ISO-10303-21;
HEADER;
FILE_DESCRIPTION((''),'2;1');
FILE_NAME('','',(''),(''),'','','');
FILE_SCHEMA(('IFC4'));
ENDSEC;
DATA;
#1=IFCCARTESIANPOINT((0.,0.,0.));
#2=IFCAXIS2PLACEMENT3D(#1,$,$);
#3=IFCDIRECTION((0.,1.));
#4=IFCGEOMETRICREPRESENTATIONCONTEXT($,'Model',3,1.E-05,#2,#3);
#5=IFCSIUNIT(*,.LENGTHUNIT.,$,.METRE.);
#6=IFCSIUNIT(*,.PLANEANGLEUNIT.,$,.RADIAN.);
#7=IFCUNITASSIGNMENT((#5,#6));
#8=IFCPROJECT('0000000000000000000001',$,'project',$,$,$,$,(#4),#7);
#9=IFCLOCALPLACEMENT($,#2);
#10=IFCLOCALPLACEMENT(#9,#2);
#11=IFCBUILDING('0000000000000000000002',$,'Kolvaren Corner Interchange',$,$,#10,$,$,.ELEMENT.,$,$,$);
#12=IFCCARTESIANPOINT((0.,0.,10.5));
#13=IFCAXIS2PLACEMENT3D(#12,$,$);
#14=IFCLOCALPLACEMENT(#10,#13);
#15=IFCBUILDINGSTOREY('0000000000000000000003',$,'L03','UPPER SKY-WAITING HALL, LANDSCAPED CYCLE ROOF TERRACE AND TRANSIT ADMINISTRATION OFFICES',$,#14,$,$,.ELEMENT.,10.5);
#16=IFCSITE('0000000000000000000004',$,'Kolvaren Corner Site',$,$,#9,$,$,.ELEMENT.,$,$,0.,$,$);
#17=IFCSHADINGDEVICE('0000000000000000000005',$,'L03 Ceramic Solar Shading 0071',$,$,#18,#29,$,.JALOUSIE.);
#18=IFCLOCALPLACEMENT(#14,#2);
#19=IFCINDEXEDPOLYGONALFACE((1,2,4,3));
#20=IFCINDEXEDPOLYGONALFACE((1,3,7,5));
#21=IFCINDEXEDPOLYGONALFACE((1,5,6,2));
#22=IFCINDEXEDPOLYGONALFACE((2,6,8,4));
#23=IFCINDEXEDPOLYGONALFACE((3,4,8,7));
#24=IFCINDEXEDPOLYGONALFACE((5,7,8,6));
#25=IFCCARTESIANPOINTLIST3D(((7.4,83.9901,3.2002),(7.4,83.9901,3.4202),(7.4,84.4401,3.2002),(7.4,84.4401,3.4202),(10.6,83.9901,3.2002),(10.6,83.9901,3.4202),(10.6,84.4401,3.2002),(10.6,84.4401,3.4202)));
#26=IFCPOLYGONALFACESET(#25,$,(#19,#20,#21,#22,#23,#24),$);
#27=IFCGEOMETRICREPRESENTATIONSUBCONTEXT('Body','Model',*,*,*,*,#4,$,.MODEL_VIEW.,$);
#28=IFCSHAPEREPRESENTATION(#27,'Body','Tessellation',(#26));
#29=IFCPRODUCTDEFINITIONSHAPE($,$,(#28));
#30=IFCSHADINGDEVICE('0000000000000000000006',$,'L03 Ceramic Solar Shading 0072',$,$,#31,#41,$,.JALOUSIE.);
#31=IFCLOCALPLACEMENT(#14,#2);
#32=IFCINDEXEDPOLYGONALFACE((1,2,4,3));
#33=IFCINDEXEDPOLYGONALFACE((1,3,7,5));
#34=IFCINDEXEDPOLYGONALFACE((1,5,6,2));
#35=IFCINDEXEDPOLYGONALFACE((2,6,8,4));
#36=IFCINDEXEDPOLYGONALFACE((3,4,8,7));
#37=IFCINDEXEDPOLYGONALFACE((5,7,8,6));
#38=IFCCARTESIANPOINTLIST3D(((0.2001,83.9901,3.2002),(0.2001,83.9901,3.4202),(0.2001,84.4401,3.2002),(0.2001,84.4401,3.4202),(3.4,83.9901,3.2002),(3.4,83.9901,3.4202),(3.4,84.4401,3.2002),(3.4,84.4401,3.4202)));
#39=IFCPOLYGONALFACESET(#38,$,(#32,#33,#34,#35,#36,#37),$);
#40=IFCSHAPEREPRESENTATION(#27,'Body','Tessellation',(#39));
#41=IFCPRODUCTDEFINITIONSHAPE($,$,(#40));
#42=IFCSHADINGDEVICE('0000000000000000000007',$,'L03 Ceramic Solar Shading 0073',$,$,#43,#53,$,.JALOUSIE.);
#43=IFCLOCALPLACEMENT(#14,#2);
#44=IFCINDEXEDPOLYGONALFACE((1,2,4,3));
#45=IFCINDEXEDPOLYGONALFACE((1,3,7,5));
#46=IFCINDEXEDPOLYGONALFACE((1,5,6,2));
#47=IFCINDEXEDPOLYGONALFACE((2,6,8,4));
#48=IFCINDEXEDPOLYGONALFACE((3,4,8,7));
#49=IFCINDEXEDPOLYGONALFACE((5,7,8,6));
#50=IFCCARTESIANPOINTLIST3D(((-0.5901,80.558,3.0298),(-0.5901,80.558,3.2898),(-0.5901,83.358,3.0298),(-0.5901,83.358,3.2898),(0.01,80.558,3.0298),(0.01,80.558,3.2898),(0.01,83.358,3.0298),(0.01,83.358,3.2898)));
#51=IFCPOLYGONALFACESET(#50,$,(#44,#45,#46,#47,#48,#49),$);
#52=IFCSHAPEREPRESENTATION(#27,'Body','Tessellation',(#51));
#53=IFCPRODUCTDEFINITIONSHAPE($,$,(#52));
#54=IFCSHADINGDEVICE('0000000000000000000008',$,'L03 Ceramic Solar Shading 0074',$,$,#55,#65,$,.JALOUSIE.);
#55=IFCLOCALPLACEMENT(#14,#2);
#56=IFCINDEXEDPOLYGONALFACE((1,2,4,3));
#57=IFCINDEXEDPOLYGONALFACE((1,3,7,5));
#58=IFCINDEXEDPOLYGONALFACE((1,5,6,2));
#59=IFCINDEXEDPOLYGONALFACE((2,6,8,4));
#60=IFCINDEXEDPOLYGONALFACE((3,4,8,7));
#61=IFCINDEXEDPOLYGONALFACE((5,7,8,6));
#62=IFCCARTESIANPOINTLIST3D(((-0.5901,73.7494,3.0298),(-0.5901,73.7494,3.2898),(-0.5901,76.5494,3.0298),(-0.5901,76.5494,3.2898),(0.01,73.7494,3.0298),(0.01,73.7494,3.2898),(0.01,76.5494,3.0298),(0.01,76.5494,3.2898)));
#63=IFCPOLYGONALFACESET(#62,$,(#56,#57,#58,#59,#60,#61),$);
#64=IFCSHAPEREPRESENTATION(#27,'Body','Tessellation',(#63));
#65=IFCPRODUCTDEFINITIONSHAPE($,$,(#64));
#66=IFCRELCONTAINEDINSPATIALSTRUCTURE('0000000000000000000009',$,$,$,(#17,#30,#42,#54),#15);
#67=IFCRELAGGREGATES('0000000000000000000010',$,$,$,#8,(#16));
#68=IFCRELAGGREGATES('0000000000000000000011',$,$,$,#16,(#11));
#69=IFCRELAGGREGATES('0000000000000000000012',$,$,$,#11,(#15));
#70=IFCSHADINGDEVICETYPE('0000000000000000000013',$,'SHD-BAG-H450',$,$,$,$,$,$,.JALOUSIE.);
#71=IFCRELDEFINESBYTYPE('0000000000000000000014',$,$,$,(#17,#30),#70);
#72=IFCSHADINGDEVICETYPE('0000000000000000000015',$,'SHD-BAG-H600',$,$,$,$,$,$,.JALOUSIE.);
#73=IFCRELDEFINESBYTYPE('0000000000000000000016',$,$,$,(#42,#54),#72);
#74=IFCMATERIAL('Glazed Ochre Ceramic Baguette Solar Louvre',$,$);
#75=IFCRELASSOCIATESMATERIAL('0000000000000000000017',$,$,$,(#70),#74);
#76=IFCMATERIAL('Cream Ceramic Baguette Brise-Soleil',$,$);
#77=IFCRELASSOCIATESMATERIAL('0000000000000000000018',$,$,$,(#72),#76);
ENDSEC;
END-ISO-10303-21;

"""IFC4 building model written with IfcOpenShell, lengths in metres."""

from ifc_helpers import new_model, si_unit, direction, frame, origin, origin_2d, place, context, subcontext, project, spatial, rectangle, extrude, material, type_object, element, save


model = new_model("IFC4")

# Units and contexts
model_context = context("Model", 3, precision=1e-05, world=origin(), true_north=direction((0.0, 1.0)))
body_context = subcontext(model_context, "Body", "Model", "MODEL_VIEW")
ifc_project = project(units=[si_unit("LENGTHUNIT", "METRE"), si_unit("PLANEANGLEUNIT", "RADIAN")], contexts=[model_context])

# Site, building, storey
site_placement = place(None, origin())
site = spatial("IfcSite", under=ifc_project, at=site_placement, Name="Kolvaren Corner Site", CompositionType="ELEMENT", RefElevation=0.0)
building_placement = place(site_placement, origin())
building = spatial("IfcBuilding", under=site, at=building_placement, Name="Kolvaren Corner Interchange", CompositionType="ELEMENT")
storey_placement = place(building_placement, frame((0.0, 0.0, 10.5)))
storey = spatial("IfcBuildingStorey", under=building, at=storey_placement, Name="L03", Description="UPPER SKY-WAITING HALL, LANDSCAPED CYCLE ROOF TERRACE AND TRANSIT ADMINISTRATION OFFICES", CompositionType="ELEMENT", Elevation=10.5)

# Shading devices
ifc_material_1 = material(Name="Glazed Ochre Ceramic Baguette Solar Louvre")
shading_device_type_1 = type_object("IfcShadingDeviceType", Name="SHD-BAG-H450", PredefinedType="JALOUSIE", material=ifc_material_1)
for number, where, z_axis, x_axis, name in (
    (1, (9.0, 84.2151, 3.2002), (0.0, 0.0, 1.0), (-1.0, 0.0, 0.0), "L03 Ceramic Solar Shading 0071"),
    (2, (1.8, 84.2151, 3.2002), (0.0, 0.0, 1.0), (-1.0, 0.0, 0.0), "L03 Ceramic Solar Shading 0072"),
):
    element("IfcShadingDevice", number, at=place(storey_placement, frame(where, z_axis=z_axis, x_axis=x_axis)), inside=storey, type_object=shading_device_type_1, Name=name, PredefinedType="JALOUSIE", context=body_context, shape_type="SweptSolid", body=[
        extrude(rectangle(XDim=3.2, YDim=0.45, at=origin_2d()), origin(), (0.0, 0.0, 1.0), 0.22),
    ])
ifc_material_2 = material(Name="Cream Ceramic Baguette Brise-Soleil")
shading_device_type_2 = type_object("IfcShadingDeviceType", Name="SHD-BAG-H600", PredefinedType="JALOUSIE", material=ifc_material_2)
for number, where, z_axis, x_axis, name in (
    (3, (-0.29, 81.958, 3.0298), (0.0, 0.0, 1.0), (0.0, -1.0, 0.0), "L03 Ceramic Solar Shading 0073"),
    (4, (-0.29, 75.1494, 3.0298), (0.0, 0.0, 1.0), (0.0, -1.0, 0.0), "L03 Ceramic Solar Shading 0074"),
):
    element("IfcShadingDevice", number, at=place(storey_placement, frame(where, z_axis=z_axis, x_axis=x_axis)), inside=storey, type_object=shading_device_type_2, Name=name, PredefinedType="JALOUSIE", context=body_context, shape_type="SweptSolid", body=[
        extrude(rectangle(XDim=2.8, YDim=0.6001, at=origin_2d()), origin(), (0.0, 0.0, 1.0), 0.26),
    ])

save(model, "model.ifc")
